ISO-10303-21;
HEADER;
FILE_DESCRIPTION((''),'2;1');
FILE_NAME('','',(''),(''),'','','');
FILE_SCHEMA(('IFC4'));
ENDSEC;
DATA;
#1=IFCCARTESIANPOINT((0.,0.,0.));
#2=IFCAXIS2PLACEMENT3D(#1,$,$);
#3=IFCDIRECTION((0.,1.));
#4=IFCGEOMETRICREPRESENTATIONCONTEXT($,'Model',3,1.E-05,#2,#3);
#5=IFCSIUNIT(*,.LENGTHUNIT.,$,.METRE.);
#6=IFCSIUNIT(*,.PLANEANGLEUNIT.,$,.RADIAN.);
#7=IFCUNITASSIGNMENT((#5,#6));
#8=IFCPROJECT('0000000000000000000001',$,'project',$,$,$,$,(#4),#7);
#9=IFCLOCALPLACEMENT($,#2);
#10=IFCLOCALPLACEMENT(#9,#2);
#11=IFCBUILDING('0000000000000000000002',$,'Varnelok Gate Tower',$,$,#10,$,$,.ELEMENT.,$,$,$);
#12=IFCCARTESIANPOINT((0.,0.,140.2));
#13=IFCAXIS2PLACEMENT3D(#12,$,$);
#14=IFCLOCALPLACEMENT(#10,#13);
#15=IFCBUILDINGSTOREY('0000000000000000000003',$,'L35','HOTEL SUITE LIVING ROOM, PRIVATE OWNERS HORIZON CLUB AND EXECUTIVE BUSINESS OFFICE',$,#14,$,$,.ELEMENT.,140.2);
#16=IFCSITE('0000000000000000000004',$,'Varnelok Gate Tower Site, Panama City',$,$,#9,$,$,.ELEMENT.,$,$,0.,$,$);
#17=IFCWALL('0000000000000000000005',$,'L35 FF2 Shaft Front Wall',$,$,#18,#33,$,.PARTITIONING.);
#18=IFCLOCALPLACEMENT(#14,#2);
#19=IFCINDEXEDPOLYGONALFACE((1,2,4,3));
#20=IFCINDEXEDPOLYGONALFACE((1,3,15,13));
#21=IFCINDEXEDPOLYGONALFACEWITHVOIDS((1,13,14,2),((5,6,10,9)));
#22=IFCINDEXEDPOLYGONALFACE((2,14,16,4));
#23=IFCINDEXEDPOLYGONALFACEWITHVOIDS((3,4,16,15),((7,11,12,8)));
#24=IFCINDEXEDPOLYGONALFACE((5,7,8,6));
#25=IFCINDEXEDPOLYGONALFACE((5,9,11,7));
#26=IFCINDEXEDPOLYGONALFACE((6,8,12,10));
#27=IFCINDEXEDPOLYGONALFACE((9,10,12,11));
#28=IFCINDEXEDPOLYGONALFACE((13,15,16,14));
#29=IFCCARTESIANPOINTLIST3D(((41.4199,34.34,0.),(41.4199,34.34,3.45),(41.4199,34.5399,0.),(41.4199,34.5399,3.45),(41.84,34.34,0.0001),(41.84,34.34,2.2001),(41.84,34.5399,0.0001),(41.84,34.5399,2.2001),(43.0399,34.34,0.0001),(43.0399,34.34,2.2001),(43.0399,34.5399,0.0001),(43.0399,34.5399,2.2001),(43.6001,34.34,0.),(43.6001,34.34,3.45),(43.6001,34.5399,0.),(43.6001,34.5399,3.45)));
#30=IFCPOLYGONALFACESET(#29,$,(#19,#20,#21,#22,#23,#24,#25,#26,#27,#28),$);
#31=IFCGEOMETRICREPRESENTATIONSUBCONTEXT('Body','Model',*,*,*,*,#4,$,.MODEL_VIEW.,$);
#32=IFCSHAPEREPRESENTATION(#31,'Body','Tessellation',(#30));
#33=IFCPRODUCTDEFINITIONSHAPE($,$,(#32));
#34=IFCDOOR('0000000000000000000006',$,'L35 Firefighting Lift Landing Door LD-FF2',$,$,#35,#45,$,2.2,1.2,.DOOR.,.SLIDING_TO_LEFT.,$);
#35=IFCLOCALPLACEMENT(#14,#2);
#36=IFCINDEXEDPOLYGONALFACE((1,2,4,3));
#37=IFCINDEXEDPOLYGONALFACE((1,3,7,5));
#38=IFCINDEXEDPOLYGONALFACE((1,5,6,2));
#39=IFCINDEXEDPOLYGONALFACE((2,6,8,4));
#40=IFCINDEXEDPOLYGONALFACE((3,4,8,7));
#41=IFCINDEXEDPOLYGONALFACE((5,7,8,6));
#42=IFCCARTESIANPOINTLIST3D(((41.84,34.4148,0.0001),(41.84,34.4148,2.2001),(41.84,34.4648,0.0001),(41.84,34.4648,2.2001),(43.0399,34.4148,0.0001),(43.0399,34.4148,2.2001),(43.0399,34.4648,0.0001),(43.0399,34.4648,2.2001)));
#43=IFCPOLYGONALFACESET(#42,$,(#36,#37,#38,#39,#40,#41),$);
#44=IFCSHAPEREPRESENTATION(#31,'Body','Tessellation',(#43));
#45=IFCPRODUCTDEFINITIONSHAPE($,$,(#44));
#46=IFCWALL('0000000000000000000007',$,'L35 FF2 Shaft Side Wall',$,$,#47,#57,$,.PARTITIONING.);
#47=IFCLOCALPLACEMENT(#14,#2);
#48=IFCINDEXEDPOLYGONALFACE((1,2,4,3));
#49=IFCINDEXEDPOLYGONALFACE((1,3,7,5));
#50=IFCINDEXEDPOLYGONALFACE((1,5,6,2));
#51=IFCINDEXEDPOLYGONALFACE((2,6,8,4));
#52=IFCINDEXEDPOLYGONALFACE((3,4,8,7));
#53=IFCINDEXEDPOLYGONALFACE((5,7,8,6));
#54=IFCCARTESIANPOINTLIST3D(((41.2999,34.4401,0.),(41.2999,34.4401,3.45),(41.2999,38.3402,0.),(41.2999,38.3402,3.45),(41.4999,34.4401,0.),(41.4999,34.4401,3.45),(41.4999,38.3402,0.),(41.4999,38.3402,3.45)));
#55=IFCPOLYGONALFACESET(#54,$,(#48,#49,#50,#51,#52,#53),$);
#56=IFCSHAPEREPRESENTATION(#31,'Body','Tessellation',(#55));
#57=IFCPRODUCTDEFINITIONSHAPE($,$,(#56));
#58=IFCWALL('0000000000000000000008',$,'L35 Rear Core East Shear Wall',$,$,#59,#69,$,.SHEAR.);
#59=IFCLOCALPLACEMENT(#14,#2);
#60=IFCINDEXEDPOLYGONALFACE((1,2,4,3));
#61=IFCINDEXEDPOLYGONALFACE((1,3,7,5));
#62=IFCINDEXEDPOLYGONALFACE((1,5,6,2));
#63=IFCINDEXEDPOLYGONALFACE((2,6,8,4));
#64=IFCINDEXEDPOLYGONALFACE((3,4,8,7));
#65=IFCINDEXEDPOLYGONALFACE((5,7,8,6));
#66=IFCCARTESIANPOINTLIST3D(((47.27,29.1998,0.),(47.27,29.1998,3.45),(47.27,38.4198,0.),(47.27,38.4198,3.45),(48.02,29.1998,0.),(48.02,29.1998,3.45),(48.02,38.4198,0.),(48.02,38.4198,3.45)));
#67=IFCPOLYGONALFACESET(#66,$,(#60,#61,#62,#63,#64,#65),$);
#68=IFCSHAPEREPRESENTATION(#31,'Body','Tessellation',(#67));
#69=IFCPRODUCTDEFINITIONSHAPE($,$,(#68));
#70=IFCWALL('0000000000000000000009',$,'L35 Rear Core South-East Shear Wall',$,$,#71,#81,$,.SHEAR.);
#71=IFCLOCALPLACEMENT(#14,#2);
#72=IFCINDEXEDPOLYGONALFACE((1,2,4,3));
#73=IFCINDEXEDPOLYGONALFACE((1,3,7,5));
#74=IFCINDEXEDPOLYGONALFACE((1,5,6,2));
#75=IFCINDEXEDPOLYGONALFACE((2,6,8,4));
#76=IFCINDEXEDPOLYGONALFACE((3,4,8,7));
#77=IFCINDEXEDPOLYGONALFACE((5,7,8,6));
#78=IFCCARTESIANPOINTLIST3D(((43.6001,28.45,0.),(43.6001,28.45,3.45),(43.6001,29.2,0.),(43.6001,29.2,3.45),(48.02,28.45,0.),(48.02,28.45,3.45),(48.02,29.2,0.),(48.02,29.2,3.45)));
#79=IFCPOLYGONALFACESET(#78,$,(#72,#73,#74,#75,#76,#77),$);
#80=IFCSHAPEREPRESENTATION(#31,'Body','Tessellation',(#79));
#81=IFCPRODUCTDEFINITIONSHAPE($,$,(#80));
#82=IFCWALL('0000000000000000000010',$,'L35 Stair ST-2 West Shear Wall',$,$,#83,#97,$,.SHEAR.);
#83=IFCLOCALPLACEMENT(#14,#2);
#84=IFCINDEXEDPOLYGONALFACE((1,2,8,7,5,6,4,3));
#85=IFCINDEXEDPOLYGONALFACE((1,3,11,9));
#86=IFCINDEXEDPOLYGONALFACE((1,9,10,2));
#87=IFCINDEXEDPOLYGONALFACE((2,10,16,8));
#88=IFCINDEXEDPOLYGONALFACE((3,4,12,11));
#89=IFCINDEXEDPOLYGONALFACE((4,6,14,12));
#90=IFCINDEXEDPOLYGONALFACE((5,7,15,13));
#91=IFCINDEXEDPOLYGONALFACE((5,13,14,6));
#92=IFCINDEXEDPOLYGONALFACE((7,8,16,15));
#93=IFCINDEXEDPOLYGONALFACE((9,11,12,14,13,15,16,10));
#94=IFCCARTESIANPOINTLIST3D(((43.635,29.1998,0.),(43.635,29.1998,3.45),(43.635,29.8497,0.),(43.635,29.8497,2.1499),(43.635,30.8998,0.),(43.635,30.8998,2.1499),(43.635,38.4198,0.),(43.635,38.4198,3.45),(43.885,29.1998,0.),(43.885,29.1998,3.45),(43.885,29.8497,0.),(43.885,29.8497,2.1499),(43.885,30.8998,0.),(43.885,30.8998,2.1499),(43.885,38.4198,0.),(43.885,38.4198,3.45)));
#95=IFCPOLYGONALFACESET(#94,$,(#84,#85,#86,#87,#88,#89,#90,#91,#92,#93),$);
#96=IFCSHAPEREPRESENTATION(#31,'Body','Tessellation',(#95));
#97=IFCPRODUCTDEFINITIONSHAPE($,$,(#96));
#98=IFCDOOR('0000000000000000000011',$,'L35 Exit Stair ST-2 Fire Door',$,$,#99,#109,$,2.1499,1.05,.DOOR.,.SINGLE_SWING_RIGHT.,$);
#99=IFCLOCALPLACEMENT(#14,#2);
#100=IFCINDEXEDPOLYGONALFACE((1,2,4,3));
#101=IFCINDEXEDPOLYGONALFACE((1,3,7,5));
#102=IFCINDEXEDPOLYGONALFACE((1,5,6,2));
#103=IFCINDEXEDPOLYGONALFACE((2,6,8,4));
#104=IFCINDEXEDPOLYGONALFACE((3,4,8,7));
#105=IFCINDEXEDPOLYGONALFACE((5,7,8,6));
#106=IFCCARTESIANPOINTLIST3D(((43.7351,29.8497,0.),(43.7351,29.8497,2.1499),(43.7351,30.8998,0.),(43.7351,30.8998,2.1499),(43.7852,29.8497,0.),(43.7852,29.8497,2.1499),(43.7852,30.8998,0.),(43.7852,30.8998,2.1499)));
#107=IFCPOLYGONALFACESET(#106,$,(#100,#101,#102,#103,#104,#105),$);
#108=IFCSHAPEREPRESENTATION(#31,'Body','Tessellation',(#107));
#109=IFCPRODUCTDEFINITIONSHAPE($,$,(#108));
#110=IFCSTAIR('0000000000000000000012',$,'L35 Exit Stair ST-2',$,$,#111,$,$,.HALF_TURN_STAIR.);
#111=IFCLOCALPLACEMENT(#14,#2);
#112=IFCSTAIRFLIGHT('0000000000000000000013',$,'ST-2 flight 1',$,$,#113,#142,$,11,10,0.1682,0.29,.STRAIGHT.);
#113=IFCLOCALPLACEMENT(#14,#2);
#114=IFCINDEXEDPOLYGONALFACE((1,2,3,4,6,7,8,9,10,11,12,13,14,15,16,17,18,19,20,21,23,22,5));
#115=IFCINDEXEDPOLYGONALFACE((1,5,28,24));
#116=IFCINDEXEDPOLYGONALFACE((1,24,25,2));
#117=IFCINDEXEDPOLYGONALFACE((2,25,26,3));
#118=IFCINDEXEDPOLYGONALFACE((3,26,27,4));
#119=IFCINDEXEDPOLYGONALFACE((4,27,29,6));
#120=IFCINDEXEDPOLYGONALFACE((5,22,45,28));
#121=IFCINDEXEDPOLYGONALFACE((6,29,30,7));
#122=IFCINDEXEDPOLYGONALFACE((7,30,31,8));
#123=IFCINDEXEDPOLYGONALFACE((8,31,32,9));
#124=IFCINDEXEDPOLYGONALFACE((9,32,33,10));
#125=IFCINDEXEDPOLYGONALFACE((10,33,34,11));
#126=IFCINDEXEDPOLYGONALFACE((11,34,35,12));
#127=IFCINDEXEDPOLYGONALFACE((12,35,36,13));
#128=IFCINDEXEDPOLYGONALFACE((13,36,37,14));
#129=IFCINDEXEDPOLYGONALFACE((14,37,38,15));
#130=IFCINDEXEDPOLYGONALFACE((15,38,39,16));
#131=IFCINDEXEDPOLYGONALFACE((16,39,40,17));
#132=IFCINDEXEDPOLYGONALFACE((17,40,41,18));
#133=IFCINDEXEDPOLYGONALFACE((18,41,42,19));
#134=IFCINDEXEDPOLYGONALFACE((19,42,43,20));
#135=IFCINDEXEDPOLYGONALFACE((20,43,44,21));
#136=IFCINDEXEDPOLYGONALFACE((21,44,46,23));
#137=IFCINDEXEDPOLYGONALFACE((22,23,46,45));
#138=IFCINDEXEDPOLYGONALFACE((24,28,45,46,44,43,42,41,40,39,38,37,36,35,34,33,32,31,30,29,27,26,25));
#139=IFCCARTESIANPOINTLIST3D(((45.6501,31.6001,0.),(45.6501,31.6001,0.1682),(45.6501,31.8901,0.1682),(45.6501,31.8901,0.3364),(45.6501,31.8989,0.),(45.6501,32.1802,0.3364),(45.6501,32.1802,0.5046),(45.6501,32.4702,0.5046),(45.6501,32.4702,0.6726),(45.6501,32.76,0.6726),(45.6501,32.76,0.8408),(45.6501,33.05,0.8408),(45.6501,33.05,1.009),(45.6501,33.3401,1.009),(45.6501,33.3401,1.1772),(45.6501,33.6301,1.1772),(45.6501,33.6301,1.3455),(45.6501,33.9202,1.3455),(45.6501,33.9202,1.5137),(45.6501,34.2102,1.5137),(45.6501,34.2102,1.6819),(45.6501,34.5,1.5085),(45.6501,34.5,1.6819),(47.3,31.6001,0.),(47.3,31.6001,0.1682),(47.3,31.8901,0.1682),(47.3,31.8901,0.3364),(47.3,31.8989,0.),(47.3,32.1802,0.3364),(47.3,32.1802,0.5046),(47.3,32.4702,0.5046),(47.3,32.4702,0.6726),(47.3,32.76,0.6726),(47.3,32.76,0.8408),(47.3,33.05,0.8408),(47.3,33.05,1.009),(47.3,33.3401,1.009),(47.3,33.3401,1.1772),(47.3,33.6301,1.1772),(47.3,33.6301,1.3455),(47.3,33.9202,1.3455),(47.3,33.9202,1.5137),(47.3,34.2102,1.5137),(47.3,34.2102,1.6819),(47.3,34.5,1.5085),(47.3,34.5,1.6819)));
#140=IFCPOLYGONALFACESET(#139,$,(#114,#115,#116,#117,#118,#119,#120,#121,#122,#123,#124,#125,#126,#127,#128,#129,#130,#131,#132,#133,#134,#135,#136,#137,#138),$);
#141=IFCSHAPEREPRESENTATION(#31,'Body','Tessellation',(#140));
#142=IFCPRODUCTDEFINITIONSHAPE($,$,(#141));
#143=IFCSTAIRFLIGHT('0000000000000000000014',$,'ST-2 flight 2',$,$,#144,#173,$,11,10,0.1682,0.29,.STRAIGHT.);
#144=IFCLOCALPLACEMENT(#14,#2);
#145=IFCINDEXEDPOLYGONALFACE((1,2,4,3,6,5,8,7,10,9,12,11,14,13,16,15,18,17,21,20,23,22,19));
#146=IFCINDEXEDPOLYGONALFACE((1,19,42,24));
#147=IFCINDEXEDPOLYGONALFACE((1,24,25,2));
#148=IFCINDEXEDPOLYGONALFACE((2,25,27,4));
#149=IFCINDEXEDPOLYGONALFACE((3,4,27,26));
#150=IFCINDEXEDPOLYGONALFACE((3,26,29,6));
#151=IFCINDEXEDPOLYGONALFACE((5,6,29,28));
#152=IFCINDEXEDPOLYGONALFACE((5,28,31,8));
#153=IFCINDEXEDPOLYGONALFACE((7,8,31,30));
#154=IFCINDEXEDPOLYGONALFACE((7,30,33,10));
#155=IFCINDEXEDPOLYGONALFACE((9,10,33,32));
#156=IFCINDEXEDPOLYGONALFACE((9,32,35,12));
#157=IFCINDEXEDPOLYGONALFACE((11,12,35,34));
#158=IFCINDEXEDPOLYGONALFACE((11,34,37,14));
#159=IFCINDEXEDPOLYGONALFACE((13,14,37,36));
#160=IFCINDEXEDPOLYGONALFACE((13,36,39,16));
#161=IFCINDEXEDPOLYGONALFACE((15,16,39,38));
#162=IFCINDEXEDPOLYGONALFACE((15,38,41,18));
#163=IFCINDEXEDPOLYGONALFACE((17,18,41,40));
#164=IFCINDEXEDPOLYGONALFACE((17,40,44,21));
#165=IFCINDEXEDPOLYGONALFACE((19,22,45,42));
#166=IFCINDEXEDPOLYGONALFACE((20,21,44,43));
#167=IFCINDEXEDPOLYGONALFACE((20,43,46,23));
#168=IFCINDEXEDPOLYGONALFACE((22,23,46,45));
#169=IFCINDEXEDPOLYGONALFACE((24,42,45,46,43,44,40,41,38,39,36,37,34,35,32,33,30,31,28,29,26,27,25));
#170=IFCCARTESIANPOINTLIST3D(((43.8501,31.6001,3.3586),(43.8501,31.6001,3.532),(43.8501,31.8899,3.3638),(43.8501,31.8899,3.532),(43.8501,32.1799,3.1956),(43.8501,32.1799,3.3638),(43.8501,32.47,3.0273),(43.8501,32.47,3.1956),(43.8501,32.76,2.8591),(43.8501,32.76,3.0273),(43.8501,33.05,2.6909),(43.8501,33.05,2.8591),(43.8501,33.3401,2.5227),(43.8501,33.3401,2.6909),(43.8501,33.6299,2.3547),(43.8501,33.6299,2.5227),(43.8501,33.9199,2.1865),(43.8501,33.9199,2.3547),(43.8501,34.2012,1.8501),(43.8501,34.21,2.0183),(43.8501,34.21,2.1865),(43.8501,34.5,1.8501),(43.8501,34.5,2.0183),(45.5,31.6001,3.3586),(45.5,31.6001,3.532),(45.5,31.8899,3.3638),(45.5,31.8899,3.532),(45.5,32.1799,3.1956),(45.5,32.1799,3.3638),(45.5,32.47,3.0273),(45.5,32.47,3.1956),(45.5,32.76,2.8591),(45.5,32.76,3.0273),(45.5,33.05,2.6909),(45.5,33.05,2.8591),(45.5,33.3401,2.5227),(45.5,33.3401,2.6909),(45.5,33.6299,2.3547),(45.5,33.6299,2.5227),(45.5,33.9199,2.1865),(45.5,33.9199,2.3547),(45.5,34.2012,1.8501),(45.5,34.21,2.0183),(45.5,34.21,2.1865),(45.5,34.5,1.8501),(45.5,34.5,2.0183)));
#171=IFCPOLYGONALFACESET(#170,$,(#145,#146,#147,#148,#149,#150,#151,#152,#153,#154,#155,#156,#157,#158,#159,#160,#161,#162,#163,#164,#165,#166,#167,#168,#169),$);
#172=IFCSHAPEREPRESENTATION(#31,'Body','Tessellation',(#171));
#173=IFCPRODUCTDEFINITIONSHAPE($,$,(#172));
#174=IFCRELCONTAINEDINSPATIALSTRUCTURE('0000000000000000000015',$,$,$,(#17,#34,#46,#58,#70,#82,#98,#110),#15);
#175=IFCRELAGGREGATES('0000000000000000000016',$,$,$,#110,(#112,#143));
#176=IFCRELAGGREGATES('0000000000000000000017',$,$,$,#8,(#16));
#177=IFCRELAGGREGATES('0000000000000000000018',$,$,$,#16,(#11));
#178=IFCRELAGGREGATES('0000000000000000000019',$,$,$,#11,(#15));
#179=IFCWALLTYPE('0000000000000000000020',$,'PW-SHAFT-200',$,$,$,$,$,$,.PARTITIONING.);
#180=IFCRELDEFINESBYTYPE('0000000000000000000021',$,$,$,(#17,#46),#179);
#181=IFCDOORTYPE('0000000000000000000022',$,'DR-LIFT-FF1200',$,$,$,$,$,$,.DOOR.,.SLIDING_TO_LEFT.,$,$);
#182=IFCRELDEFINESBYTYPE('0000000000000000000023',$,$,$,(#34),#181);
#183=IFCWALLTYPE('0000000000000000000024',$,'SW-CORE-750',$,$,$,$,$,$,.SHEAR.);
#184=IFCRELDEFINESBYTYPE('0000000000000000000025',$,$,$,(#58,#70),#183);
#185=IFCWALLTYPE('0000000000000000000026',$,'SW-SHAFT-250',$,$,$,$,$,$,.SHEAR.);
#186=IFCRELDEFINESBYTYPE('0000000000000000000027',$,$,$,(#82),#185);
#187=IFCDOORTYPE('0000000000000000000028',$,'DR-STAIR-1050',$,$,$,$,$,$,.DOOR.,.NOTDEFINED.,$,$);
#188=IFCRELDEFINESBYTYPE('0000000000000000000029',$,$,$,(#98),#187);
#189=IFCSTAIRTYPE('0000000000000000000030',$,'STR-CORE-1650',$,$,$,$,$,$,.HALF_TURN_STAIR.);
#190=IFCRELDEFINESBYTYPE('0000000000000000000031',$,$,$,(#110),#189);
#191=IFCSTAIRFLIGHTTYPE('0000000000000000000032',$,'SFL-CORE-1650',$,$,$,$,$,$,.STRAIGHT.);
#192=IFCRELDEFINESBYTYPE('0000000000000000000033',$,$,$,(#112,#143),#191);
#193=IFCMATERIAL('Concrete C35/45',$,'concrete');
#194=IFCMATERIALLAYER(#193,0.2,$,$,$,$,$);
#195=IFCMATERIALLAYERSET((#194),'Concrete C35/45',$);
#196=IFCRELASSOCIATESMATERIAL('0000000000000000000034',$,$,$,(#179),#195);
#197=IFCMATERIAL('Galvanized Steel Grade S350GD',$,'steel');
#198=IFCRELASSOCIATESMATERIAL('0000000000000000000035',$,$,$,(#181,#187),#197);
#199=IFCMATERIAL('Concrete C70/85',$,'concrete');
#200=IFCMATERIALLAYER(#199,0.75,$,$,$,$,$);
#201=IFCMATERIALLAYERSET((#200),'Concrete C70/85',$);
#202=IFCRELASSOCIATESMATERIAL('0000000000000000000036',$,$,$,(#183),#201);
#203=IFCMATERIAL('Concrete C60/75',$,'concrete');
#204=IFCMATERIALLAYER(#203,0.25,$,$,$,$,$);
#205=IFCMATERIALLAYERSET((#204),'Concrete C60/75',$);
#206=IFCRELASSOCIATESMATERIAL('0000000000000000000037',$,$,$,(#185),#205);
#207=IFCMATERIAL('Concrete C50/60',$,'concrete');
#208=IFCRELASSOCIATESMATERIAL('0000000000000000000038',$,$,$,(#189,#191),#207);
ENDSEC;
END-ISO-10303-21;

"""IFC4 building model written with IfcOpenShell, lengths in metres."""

from ifc_helpers import new_model, si_unit, direction, frame, frame_2d, origin, place, context, subcontext, project, spatial, polyline, rectangle, outline, extrude, material, layer, layer_set, type_object, element, fill, aggregate, save


model = new_model("IFC4")

# Units and contexts
model_context = context("Model", 3, precision=1e-05, world=origin(), true_north=direction((0.0, 1.0)))
body_context = subcontext(model_context, "Body", "Model", "MODEL_VIEW")
ifc_project = project(units=[si_unit("LENGTHUNIT", "METRE"), si_unit("PLANEANGLEUNIT", "RADIAN")], contexts=[model_context])

# Site, building, storey
site_placement = place(None, origin())
site = spatial("IfcSite", under=ifc_project, at=site_placement, Name="Varnelok Gate Tower Site, Panama City", CompositionType="ELEMENT", RefElevation=0.0)
building_placement = place(site_placement, origin())
building = spatial("IfcBuilding", under=site, at=building_placement, Name="Varnelok Gate Tower", CompositionType="ELEMENT")
storey_placement = place(building_placement, frame((0.0, 0.0, 140.2)))
storey = spatial("IfcBuildingStorey", under=building, at=storey_placement, Name="L35", Description="HOTEL SUITE LIVING ROOM, PRIVATE OWNERS HORIZON CLUB AND EXECUTIVE BUSINESS OFFICE", CompositionType="ELEMENT", Elevation=140.2)

# Shared definitions
ifc_material_1 = material(Name="Concrete C70/85", Category="concrete")

# Shared definitions
ifc_material_2 = material(Name="Galvanized Steel Grade S350GD", Category="steel")

# Shared definitions
ifc_material_3 = material(Name="Concrete C35/45", Category="concrete")
ifc_layer_1 = layer(ifc_material_3, 0.2)
ifc_layer_set_1 = layer_set([ifc_layer_1], Name="Concrete C35/45")
wall_type_1 = type_object("IfcWallType", Name="PW-SHAFT-200", PredefinedType="PARTITIONING", material=ifc_layer_set_1)

# Wall, opening, door
wall_1_placement = place(storey_placement, frame((41.4199, 34.4399, 0.0), z_axis=(0.0, 0.0, 1.0), x_axis=(1.0, 0.0, 0.0)))
wall_1 = element("IfcWall", 1, at=wall_1_placement, inside=storey, type_object=wall_type_1, Name="L35 FF2 Shaft Front Wall", PredefinedType="PARTITIONING", context=body_context, shape_type="SweptSolid", body=[
    extrude(rectangle(XDim=2.1802, YDim=0.2, at=frame_2d((1.0901, 0.0))), origin(), (0.0, 0.0, 1.0), 3.45),
])
opening_1_placement = place(wall_1_placement, frame((0.4199, 0.0, 0.0)))
opening_1 = element("IfcOpeningElement", 2, at=opening_1_placement, cuts=wall_1, PredefinedType="OPENING", context=body_context, shape_type="SweptSolid", body=[
    extrude(rectangle(XDim=1.2, YDim=2.2, at=frame_2d((0.6001, 1.1001))), frame((0.0, 0.1099, 0.0), z_axis=(0.0, -1.0, 0.0), x_axis=(1.0, 0.0, 0.0)), (0.0, 0.0, 1.0), 0.22),
])
door_type_1 = type_object("IfcDoorType", Name="DR-LIFT-FF1200", OperationType="SLIDING_TO_LEFT", PredefinedType="DOOR", material=ifc_material_2)
door_1_placement = place(opening_1_placement, origin())
door_1 = element("IfcDoor", 3, at=door_1_placement, inside=storey, type_object=door_type_1, Name="L35 Firefighting Lift Landing Door LD-FF2", OperationType="SLIDING_TO_LEFT", OverallHeight=2.2, OverallWidth=1.2, PredefinedType="DOOR", context=body_context, shape_type="SweptSolid", body=[
    extrude(rectangle(XDim=1.2, YDim=2.2, at=frame_2d((0.6001, 1.1001))), frame((0.0, 0.0249, 0.0), z_axis=(0.0, -1.0, 0.0), x_axis=(1.0, 0.0, 0.0)), (0.0, 0.0, 1.0), 0.05),
])
fill(opening_1, door_1)

# Walls
wall_2_placement = place(storey_placement, frame((41.3999, 34.4399, 0.0), z_axis=(0.0, 0.0, 1.0), x_axis=(0.0, 1.0, 0.0)))
element("IfcWall", 4, at=wall_2_placement, inside=storey, type_object=wall_type_1, Name="L35 FF2 Shaft Side Wall", PredefinedType="PARTITIONING", context=body_context, shape_type="SweptSolid", body=[
    extrude(rectangle(XDim=3.9001, YDim=0.2, at=frame_2d((1.9502, 0.0))), origin(), (0.0, 0.0, 1.0), 3.45),
])
ifc_layer_2 = layer(ifc_material_1, 0.75)
ifc_layer_set_2 = layer_set([ifc_layer_2], Name="Concrete C70/85")
wall_type_2 = type_object("IfcWallType", Name="SW-CORE-750", PredefinedType="SHEAR", material=ifc_layer_set_2)
wall_3_placement = place(storey_placement, frame((47.645, 29.2, 0.0), z_axis=(0.0, 0.0, 1.0), x_axis=(0.0, 1.0, 0.0)))
element("IfcWall", 5, at=wall_3_placement, inside=storey, type_object=wall_type_2, Name="L35 Rear Core East Shear Wall", PredefinedType="SHEAR", context=body_context, shape_type="SweptSolid", body=[
    extrude(rectangle(XDim=9.22, YDim=0.75, at=frame_2d((4.6099, 0.0))), origin(), (0.0, 0.0, 1.0), 3.45),
])
wall_4_placement = place(storey_placement, frame((43.6001, 28.825, 0.0), z_axis=(0.0, 0.0, 1.0), x_axis=(1.0, 0.0, 0.0)))
element("IfcWall", 6, at=wall_4_placement, inside=storey, type_object=wall_type_2, Name="L35 Rear Core South-East Shear Wall", PredefinedType="SHEAR", context=body_context, shape_type="SweptSolid", body=[
    extrude(rectangle(XDim=4.4199, YDim=0.75, at=frame_2d((2.21, 0.0))), origin(), (0.0, 0.0, 1.0), 3.45),
])

# Wall, opening, door
ifc_material_4 = material(Name="Concrete C60/75", Category="concrete")
ifc_layer_3 = layer(ifc_material_4, 0.25)
ifc_layer_set_3 = layer_set([ifc_layer_3], Name="Concrete C60/75")
wall_type_3 = type_object("IfcWallType", Name="SW-SHAFT-250", PredefinedType="SHEAR", material=ifc_layer_set_3)
wall_5_placement = place(storey_placement, frame((43.76, 29.2, 0.0), z_axis=(0.0, 0.0, 1.0), x_axis=(0.0, 1.0, 0.0)))
wall_5 = element("IfcWall", 7, at=wall_5_placement, inside=storey, type_object=wall_type_3, Name="L35 Stair ST-2 West Shear Wall", PredefinedType="SHEAR", context=body_context, shape_type="SweptSolid", body=[
    extrude(rectangle(XDim=9.22, YDim=0.25, at=frame_2d((4.6099, 0.0))), origin(), (0.0, 0.0, 1.0), 3.45),
])
opening_2_placement = place(wall_5_placement, frame((0.6499, 0.0, 0.0)))
opening_2 = element("IfcOpeningElement", 8, at=opening_2_placement, cuts=wall_5, PredefinedType="OPENING", context=body_context, shape_type="SweptSolid", body=[
    extrude(rectangle(XDim=1.05, YDim=2.1499, at=frame_2d((0.5249, 1.075))), frame((0.0, 0.135, 0.0), z_axis=(0.0, -1.0, 0.0), x_axis=(1.0, 0.0, 0.0)), (0.0, 0.0, 1.0), 0.27),
])
door_type_2 = type_object("IfcDoorType", Name="DR-STAIR-1050", OperationType="NOTDEFINED", PredefinedType="DOOR", material=ifc_material_2)
door_2_placement = place(opening_2_placement, origin())
door_2 = element("IfcDoor", 9, at=door_2_placement, inside=storey, type_object=door_type_2, Name="L35 Exit Stair ST-2 Fire Door", OperationType="SINGLE_SWING_RIGHT", OverallHeight=2.1499, OverallWidth=1.05, PredefinedType="DOOR", context=body_context, shape_type="SweptSolid", body=[
    extrude(rectangle(XDim=1.05, YDim=2.1499, at=frame_2d((0.5249, 1.075))), frame((0.0, 0.0249, 0.0), z_axis=(0.0, -1.0, 0.0), x_axis=(1.0, 0.0, 0.0)), (0.0, 0.0, 1.0), 0.05),
])
fill(opening_2, door_2)

# Stair, stair flights
ifc_material_5 = material(Name="Concrete C50/60", Category="concrete")
stair_type = type_object("IfcStairType", Name="STR-CORE-1650", PredefinedType="HALF_TURN_STAIR", material=ifc_material_5)
stair_placement = place(storey_placement, origin())
stair = element("IfcStair", 10, at=stair_placement, inside=storey, type_object=stair_type, Name="L35 Exit Stair ST-2", PredefinedType="HALF_TURN_STAIR")
stair_flight_type = type_object("IfcStairFlightType", Name="SFL-CORE-1650", PredefinedType="STRAIGHT", material=ifc_material_5)
stair_flight_1_placement = place(storey_placement, frame((46.4751, 31.6001, 0.0), z_axis=(0.0, 0.0, 1.0), x_axis=(0.0, 1.0, 0.0)))
stair_flight_1 = element("IfcStairFlight", 11, at=stair_flight_1_placement, type_object=stair_flight_type, Name="ST-2 flight 1", NumberOfRisers=11, NumberOfTreads=10, PredefinedType="STRAIGHT", RiserHeight=0.1682, TreadLength=0.29, context=body_context, shape_type="SweptSolid", body=[
    extrude(outline(polyline([(0.0, 0.0), (0.0, 0.1682), (0.29, 0.1682), (0.29, 0.3364), (0.5801, 0.3364), (0.5801, 0.5046), (0.8701, 0.5046), (0.8701, 0.6726), (1.1599, 0.6726), (1.1599, 0.8408), (1.45, 0.8408), (1.45, 1.009), (1.74, 1.009), (1.74, 1.1772), (2.03, 1.1772), (2.03, 1.3455), (2.3201, 1.3455), (2.3201, 1.5137), (2.6101, 1.5137), (2.6101, 1.6819), (2.8999, 1.6819), (2.8999, 1.8501), (2.8999, 1.5085), (0.2988, 0.0), (0.0, 0.0)])), frame((0.0, 0.825, 0.0), z_axis=(0.0, -1.0, 0.0), x_axis=(1.0, 0.0, 0.0)), (0.0, 0.0, 1.0), 1.6499),
])
stair_flight_2_placement = place(storey_placement, frame((44.675, 34.5, 1.8501), z_axis=(0.0, 0.0, 1.0), x_axis=(0.0, -1.0, 0.0)))
stair_flight_2 = element("IfcStairFlight", 12, at=stair_flight_2_placement, type_object=stair_flight_type, Name="ST-2 flight 2", NumberOfRisers=11, NumberOfTreads=10, PredefinedType="STRAIGHT", RiserHeight=0.1682, TreadLength=0.29, context=body_context, shape_type="SweptSolid", body=[
    extrude(outline(polyline([(0.0, 0.0), (0.0, 0.1682), (0.29, 0.1682), (0.29, 0.3364), (0.5801, 0.3364), (0.5801, 0.5046), (0.8701, 0.5046), (0.8701, 0.6726), (1.1599, 0.6726), (1.1599, 0.8408), (1.45, 0.8408), (1.45, 1.009), (1.74, 1.009), (1.74, 1.1772), (2.03, 1.1772), (2.03, 1.3455), (2.3201, 1.3455), (2.3201, 1.5137), (2.6101, 1.5137), (2.6101, 1.6819), (2.8999, 1.6819), (2.8999, 1.8501), (2.8999, 1.5085), (0.2988, 0.0), (0.0, 0.0)])), frame((0.0, 0.825, 0.0), z_axis=(0.0, -1.0, 0.0), x_axis=(1.0, 0.0, 0.0)), (0.0, 0.0, 1.0), 1.6499),
])
aggregate(stair, [stair_flight_1, stair_flight_2])

save(model, "model.ifc")
